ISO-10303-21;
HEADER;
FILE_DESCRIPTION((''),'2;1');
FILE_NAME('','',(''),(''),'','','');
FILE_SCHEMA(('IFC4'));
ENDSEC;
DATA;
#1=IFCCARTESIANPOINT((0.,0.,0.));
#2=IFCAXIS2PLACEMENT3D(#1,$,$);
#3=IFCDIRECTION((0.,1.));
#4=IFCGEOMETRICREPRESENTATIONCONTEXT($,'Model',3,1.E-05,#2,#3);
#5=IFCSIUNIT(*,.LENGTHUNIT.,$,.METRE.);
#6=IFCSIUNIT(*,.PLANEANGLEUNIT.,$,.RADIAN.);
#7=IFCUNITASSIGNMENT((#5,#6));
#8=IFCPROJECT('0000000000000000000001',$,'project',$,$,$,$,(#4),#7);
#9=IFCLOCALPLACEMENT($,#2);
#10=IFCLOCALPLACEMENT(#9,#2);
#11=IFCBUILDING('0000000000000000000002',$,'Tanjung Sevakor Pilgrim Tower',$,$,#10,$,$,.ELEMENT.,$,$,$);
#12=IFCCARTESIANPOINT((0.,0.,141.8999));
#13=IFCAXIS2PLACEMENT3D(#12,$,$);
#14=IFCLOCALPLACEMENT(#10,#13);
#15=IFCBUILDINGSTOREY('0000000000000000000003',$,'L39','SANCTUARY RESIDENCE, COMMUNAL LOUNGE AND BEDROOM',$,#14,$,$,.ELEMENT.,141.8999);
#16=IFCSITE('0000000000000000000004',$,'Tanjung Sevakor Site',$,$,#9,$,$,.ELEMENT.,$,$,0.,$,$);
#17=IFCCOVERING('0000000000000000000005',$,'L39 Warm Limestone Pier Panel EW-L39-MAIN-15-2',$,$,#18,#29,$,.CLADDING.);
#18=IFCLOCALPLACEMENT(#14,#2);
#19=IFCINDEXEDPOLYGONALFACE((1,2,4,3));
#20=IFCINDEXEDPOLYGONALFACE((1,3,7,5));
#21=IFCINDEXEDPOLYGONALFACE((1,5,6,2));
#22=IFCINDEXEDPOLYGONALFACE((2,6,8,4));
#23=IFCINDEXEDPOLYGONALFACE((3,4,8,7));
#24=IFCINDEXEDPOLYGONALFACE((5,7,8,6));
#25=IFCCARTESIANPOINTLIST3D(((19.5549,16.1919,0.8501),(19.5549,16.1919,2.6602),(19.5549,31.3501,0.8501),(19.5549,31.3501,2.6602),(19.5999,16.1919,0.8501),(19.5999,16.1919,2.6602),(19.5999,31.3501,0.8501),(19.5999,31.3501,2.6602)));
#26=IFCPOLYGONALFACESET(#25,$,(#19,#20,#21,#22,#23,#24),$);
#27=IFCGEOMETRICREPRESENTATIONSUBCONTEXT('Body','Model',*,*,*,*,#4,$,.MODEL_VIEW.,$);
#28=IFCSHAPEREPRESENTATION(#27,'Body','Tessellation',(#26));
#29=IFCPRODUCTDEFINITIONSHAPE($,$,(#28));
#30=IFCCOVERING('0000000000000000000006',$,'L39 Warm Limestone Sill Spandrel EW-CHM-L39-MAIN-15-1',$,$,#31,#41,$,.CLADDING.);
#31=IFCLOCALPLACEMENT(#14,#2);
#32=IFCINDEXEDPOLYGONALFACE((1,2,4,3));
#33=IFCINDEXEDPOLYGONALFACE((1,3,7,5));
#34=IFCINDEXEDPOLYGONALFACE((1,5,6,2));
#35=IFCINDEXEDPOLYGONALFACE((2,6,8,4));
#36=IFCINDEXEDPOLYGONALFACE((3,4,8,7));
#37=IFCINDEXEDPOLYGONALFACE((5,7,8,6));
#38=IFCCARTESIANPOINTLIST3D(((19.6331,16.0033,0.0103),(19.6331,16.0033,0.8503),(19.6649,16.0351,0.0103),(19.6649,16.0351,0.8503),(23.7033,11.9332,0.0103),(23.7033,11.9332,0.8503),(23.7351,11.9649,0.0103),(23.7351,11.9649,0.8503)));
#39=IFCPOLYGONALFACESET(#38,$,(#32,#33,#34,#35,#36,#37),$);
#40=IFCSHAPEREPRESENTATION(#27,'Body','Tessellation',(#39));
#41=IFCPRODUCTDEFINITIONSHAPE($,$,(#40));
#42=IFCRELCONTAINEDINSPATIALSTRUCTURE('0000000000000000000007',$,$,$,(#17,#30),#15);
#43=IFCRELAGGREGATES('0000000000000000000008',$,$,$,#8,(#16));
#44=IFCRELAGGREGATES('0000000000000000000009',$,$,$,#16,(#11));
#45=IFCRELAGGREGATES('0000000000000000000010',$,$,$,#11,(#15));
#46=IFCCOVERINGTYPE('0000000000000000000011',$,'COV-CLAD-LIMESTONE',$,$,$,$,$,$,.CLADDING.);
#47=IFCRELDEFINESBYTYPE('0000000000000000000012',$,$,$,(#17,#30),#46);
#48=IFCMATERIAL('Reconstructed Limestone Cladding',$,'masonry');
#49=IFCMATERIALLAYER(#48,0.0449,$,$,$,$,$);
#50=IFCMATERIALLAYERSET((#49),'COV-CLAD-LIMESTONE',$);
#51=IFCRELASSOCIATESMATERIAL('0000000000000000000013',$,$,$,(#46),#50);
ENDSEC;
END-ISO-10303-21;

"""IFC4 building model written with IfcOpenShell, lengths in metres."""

from ifc_helpers import new_model, si_unit, direction, frame, origin, origin_2d, place, context, subcontext, project, spatial, rectangle, extrude, material, layer, layer_set, type_object, element, save


model = new_model("IFC4")

# Units and contexts
model_context = context("Model", 3, precision=1e-05, world=origin(), true_north=direction((0.0, 1.0)))
body_context = subcontext(model_context, "Body", "Model", "MODEL_VIEW")
ifc_project = project(units=[si_unit("LENGTHUNIT", "METRE"), si_unit("PLANEANGLEUNIT", "RADIAN")], contexts=[model_context])

# Site, building, storey
site_placement = place(None, origin())
site = spatial("IfcSite", under=ifc_project, at=site_placement, Name="Tanjung Sevakor Site", CompositionType="ELEMENT", RefElevation=0.0)
building_placement = place(site_placement, origin())
building = spatial("IfcBuilding", under=site, at=building_placement, Name="Tanjung Sevakor Pilgrim Tower", CompositionType="ELEMENT")
storey_placement = place(building_placement, frame((0.0, 0.0, 141.8999)))
storey = spatial("IfcBuildingStorey", under=building, at=storey_placement, Name="L39", Description="SANCTUARY RESIDENCE, COMMUNAL LOUNGE AND BEDROOM", CompositionType="ELEMENT", Elevation=141.8999)

# Coverings
ifc_material_1 = material(Name="Reconstructed Limestone Cladding", Category="masonry")
ifc_layer_1 = layer(ifc_material_1, 0.0449)
ifc_layer_set_1 = layer_set([ifc_layer_1], Name="COV-CLAD-LIMESTONE")
covering_type = type_object("IfcCoveringType", Name="COV-CLAD-LIMESTONE", PredefinedType="CLADDING", material=ifc_layer_set_1)
covering_1_placement = place(storey_placement, frame((19.5774, 23.771, 0.8501), z_axis=(0.0, 0.0, 1.0), x_axis=(0.0, -1.0, 0.0)))
element("IfcCovering", 1, at=covering_1_placement, inside=storey, type_object=covering_type, Name="L39 Warm Limestone Pier Panel EW-L39-MAIN-15-2", PredefinedType="CLADDING", context=body_context, shape_type="SweptSolid", body=[
    extrude(rectangle(XDim=15.1582, YDim=0.0449, at=origin_2d()), origin(), (0.0, 0.0, 1.0), 1.8101),
])
covering_2_placement = place(storey_placement, frame((21.6841, 13.9841, 0.0103), z_axis=(0.0, 0.0, 1.0), x_axis=(0.707107, -0.707107, 0.0)))
element("IfcCovering", 2, at=covering_2_placement, inside=storey, type_object=covering_type, Name="L39 Warm Limestone Sill Spandrel EW-CHM-L39-MAIN-15-1", PredefinedType="CLADDING", context=body_context, shape_type="SweptSolid", body=[
    extrude(rectangle(XDim=5.7561, YDim=0.0449, at=origin_2d()), origin(), (0.0, 0.0, 1.0), 0.8401),
])

save(model, "model.ifc")
